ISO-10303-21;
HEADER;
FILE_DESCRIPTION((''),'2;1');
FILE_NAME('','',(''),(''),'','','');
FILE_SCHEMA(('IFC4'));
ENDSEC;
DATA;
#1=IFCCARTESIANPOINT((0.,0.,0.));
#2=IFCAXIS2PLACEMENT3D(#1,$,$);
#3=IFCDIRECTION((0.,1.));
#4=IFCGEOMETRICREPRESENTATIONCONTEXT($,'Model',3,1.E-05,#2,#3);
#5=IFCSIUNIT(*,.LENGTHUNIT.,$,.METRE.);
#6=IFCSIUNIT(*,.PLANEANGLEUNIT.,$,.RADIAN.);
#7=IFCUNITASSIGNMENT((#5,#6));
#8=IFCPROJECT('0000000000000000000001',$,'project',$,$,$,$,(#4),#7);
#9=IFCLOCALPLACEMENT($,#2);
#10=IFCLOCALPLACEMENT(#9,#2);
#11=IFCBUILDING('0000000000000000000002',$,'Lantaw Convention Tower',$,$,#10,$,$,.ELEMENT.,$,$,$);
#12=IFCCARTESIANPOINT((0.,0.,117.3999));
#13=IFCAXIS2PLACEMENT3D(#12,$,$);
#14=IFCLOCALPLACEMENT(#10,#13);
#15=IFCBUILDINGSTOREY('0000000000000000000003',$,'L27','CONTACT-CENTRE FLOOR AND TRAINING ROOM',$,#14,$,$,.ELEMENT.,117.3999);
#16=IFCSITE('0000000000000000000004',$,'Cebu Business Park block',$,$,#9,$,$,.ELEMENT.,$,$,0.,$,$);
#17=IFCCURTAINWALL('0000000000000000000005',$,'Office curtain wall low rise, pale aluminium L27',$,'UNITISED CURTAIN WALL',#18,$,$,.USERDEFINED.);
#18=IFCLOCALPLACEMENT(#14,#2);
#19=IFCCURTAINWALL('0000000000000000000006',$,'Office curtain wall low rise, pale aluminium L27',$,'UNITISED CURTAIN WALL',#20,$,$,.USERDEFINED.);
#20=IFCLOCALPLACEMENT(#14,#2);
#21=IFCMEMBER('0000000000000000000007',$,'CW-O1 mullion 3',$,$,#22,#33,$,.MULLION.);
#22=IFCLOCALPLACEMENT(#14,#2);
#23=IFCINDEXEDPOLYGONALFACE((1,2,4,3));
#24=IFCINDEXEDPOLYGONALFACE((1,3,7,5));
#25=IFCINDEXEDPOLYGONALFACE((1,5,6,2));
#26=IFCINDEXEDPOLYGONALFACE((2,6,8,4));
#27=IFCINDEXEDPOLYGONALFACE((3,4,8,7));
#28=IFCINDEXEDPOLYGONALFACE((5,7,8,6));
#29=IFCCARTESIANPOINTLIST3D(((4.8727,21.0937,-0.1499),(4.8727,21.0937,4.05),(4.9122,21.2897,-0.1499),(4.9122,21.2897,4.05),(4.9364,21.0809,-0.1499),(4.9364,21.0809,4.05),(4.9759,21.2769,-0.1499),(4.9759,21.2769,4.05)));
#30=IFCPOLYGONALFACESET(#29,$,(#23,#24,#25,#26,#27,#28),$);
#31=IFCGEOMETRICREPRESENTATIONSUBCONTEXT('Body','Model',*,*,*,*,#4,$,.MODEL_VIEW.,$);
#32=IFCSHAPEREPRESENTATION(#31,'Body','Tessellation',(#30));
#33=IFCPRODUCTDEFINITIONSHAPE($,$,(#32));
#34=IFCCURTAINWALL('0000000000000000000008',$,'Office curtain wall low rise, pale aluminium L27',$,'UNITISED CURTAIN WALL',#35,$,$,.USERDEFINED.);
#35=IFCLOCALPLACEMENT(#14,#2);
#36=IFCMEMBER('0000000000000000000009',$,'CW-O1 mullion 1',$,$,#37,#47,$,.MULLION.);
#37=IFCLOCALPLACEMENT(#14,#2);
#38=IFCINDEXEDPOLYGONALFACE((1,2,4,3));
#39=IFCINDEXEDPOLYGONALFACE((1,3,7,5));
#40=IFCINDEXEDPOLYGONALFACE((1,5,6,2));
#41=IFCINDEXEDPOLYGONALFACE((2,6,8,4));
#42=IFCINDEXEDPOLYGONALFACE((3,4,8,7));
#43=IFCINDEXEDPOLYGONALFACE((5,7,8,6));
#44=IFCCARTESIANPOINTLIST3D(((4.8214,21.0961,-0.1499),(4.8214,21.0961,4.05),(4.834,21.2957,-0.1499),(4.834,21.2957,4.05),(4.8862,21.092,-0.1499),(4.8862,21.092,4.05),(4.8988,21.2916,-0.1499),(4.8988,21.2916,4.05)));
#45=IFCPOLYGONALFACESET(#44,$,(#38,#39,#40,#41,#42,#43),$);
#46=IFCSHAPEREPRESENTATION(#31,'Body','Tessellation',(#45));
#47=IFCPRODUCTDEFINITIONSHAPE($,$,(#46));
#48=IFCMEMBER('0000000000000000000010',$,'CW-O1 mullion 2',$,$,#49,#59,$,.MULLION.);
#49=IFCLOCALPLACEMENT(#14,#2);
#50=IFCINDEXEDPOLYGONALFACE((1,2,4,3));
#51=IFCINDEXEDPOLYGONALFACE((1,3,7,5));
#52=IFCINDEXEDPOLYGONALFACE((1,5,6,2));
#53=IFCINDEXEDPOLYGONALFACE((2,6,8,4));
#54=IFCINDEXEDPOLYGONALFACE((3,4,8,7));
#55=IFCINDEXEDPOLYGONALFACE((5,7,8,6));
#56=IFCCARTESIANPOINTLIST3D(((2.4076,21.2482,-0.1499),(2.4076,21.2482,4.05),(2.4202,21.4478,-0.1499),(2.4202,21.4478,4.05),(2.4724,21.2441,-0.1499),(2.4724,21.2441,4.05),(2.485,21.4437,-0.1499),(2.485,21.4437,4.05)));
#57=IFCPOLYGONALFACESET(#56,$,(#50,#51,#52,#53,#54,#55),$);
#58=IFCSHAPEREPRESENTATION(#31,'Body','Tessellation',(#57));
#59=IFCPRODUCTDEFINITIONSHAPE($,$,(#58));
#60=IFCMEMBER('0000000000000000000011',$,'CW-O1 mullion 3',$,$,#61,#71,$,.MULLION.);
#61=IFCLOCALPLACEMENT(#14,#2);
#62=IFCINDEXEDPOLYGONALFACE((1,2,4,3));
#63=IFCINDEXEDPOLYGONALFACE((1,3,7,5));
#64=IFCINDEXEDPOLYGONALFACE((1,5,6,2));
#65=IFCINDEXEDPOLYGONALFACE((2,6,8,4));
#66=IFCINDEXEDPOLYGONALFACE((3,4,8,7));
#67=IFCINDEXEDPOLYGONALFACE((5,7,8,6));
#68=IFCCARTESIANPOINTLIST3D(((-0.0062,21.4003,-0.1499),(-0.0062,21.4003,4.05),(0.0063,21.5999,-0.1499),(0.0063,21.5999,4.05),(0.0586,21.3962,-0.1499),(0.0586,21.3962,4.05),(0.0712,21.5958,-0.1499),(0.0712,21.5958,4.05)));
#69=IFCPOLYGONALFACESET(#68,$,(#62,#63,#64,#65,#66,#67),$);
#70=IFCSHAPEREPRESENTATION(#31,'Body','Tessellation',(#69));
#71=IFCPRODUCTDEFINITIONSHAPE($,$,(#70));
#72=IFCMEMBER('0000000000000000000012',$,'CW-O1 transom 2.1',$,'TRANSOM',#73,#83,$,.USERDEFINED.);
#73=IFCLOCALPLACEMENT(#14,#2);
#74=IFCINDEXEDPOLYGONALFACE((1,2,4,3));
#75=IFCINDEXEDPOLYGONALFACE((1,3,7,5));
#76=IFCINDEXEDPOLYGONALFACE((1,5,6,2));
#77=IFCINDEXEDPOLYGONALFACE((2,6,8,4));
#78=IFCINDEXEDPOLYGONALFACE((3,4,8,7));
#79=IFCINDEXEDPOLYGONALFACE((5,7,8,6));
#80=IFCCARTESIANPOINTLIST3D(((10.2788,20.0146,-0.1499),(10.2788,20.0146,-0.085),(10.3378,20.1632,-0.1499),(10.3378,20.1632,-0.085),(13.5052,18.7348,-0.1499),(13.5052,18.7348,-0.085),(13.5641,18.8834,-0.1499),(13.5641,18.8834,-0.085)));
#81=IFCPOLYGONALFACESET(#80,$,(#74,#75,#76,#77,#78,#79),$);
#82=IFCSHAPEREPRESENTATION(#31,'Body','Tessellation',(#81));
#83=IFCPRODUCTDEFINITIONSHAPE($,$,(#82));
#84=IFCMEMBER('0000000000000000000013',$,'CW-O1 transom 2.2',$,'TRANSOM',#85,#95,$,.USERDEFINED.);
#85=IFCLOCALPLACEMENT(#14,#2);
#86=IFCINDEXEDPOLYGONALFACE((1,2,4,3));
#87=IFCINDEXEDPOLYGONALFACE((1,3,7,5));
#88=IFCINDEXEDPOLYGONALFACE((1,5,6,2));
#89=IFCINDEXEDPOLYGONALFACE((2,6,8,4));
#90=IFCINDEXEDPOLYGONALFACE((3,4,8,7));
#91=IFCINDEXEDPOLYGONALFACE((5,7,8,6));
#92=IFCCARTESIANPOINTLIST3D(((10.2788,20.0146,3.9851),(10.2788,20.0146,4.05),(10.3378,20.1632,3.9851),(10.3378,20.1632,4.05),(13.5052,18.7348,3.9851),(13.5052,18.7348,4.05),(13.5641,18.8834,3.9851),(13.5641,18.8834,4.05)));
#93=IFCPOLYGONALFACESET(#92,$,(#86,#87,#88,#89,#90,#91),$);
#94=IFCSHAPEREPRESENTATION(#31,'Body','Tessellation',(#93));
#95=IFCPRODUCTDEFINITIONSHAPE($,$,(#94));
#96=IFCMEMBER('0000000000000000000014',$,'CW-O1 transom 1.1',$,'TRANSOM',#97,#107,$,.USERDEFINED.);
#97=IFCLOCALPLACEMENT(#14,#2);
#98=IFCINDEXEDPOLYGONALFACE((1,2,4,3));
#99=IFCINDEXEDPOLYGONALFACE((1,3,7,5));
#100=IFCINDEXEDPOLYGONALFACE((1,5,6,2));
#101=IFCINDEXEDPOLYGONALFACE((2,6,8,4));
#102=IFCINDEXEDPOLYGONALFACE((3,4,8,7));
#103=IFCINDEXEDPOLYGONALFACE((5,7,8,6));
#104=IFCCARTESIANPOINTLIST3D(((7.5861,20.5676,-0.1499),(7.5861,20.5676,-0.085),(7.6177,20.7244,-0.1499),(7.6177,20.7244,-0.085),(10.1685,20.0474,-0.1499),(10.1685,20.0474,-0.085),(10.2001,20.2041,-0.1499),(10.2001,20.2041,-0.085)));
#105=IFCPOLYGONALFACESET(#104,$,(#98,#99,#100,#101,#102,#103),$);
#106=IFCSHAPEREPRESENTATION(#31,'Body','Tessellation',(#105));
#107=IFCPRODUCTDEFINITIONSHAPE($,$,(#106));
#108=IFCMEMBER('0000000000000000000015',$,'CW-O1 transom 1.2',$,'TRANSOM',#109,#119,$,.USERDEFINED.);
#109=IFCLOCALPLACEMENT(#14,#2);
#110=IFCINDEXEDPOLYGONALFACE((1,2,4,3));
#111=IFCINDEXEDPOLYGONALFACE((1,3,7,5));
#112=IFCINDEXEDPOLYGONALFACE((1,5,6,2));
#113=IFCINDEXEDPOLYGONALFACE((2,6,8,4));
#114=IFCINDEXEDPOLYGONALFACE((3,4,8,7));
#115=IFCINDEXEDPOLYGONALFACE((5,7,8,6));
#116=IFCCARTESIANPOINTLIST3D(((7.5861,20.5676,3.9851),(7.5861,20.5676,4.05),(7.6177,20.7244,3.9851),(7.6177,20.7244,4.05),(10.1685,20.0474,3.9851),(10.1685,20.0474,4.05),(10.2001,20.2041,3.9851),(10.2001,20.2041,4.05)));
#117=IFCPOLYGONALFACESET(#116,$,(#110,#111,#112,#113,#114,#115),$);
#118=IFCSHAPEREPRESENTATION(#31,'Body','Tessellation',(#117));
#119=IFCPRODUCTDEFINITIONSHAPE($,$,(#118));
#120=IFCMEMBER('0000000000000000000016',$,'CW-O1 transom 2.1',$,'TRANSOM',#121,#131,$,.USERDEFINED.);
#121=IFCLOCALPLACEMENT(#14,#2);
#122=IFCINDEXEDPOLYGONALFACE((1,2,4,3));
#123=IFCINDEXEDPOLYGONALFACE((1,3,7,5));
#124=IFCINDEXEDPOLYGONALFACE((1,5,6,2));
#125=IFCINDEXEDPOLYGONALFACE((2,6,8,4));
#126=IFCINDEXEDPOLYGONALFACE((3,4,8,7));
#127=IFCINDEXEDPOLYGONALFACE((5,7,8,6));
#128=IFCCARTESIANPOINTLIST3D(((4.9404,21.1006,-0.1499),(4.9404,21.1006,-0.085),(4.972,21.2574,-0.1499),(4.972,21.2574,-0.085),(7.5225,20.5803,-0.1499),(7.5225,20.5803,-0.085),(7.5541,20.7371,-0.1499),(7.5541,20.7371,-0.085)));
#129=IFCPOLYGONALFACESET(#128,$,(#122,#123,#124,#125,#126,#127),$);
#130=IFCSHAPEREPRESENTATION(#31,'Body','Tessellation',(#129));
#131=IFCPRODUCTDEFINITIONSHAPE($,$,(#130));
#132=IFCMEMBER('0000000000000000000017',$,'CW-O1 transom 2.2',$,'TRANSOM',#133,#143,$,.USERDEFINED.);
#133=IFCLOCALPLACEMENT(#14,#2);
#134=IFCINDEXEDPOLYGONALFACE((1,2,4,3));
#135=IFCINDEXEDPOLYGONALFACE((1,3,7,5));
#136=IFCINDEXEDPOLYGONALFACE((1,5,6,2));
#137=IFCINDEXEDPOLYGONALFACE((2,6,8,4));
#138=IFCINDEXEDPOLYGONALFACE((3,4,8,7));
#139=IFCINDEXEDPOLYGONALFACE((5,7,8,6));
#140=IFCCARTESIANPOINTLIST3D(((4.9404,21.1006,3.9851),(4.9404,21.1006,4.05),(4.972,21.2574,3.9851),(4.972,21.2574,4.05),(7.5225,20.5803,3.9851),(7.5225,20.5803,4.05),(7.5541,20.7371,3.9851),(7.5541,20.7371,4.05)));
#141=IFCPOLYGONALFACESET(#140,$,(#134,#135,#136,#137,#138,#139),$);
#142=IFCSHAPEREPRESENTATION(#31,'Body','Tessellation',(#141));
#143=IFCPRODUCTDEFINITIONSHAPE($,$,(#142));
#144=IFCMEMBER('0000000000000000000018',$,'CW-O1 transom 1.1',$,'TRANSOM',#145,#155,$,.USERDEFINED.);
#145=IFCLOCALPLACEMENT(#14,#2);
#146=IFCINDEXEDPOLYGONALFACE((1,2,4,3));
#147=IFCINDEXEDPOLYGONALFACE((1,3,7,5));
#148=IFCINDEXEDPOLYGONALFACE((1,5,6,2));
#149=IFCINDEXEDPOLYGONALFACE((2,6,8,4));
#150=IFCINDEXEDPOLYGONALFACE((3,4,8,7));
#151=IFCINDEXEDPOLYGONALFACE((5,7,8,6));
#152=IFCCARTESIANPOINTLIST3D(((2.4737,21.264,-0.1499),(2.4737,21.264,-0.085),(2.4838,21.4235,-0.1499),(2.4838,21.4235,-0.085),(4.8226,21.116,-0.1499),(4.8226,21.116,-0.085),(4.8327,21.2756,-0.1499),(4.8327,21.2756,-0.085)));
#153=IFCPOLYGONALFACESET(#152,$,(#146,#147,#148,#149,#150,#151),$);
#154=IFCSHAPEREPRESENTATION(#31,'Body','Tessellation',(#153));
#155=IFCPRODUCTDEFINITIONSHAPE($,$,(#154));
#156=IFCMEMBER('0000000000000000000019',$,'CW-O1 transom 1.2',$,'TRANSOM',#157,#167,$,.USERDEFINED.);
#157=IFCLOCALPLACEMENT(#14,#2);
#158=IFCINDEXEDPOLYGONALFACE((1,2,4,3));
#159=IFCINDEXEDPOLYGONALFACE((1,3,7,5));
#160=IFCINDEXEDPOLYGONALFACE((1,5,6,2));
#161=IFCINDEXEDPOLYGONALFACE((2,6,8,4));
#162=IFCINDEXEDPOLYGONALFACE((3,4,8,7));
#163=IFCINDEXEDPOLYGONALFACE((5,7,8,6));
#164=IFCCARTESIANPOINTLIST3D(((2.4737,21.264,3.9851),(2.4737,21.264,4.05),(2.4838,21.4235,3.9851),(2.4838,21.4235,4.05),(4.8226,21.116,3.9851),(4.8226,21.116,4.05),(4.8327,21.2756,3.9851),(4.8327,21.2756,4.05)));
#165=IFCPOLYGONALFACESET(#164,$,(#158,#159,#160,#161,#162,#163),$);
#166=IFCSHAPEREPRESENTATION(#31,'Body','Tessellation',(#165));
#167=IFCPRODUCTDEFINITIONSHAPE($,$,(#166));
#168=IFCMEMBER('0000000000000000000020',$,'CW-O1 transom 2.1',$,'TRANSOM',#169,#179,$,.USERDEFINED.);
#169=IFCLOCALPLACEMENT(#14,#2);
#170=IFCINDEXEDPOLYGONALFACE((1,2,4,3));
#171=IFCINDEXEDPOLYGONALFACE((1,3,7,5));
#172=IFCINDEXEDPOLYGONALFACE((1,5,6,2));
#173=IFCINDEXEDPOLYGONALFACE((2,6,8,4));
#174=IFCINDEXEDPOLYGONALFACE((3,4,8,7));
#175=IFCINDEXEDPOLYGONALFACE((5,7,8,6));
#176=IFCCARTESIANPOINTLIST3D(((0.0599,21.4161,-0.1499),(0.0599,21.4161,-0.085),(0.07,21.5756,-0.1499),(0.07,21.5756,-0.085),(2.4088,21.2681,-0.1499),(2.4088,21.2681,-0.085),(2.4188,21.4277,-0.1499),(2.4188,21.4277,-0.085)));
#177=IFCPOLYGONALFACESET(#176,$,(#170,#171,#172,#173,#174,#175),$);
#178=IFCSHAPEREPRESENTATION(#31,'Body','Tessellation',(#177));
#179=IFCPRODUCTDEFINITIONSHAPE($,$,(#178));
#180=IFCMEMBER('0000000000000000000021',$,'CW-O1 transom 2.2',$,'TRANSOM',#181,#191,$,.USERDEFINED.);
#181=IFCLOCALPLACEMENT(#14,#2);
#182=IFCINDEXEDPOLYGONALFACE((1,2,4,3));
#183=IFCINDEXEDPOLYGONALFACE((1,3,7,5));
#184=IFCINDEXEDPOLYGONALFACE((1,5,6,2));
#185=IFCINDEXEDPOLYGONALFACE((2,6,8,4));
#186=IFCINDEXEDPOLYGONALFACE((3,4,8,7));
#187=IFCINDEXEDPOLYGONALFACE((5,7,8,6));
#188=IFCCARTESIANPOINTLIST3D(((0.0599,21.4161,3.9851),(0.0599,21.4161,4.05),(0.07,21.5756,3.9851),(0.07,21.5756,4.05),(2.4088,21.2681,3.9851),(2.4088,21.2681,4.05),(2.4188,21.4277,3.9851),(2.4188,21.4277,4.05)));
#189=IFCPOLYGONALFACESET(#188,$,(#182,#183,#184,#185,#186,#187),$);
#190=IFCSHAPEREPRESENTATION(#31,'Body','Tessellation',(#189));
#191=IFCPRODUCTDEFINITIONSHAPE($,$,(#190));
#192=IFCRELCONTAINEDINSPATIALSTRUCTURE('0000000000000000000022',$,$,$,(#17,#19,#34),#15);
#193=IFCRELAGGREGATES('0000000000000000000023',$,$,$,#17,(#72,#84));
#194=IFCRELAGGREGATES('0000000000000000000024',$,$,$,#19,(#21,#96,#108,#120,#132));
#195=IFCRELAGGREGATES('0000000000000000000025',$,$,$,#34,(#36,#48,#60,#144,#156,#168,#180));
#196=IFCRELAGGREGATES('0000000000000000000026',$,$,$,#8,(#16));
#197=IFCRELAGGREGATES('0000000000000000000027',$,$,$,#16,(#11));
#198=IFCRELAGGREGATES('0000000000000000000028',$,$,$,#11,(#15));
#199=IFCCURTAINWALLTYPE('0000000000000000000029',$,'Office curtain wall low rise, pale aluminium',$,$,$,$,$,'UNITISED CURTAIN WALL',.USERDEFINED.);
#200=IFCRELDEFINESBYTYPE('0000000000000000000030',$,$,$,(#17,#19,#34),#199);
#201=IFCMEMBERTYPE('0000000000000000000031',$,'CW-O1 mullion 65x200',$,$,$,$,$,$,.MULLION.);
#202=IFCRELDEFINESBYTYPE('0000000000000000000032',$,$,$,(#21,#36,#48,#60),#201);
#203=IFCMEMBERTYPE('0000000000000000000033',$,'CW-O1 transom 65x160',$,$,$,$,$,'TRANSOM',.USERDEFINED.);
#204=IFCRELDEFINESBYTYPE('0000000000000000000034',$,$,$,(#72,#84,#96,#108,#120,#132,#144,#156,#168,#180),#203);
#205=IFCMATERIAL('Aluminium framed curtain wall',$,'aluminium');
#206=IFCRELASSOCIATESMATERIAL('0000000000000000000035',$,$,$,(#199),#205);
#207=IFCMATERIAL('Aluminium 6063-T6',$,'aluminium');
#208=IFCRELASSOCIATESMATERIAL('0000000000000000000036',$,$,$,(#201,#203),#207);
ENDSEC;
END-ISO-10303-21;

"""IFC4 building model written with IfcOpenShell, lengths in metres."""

from ifc_helpers import new_model, si_unit, direction, frame, origin, origin_2d, place, context, subcontext, project, spatial, rectangle, extrude, material, material_profile, profile_set, type_object, element, aggregate, save


model = new_model("IFC4")

# Units and contexts
model_context = context("Model", 3, precision=1e-05, world=origin(), true_north=direction((0.0, 1.0)))
body_context = subcontext(model_context, "Body", "Model", "MODEL_VIEW")
ifc_project = project(units=[si_unit("LENGTHUNIT", "METRE"), si_unit("PLANEANGLEUNIT", "RADIAN")], contexts=[model_context])

# Site, building, storey
site_placement = place(None, origin())
site = spatial("IfcSite", under=ifc_project, at=site_placement, Name="Cebu Business Park block", CompositionType="ELEMENT", RefElevation=0.0)
building_placement = place(site_placement, origin())
building = spatial("IfcBuilding", under=site, at=building_placement, Name="Lantaw Convention Tower", CompositionType="ELEMENT")
storey_placement = place(building_placement, frame((0.0, 0.0, 117.3999)))
storey = spatial("IfcBuildingStorey", under=building, at=storey_placement, Name="L27", Description="CONTACT-CENTRE FLOOR AND TRAINING ROOM", CompositionType="ELEMENT", Elevation=117.3999)

# Curtain walls, members
ifc_material_1 = material(Name="Aluminium framed curtain wall", Category="aluminium")
curtain_wall_type = type_object("IfcCurtainWallType", Name="Office curtain wall low rise, pale aluminium", ElementType="UNITISED CURTAIN WALL", PredefinedType="USERDEFINED", material=ifc_material_1)
curtain_wall_1_placement = place(storey_placement, origin())
curtain_wall_1 = element("IfcCurtainWall", 1, at=curtain_wall_1_placement, inside=storey, type_object=curtain_wall_type, Name="Office curtain wall low rise, pale aluminium L27", ObjectType="UNITISED CURTAIN WALL", PredefinedType="USERDEFINED")
ifc_material_2 = material(Name="Aluminium 6063-T6", Category="aluminium")
ifc_material_profile_1 = material_profile(ifc_material_2, rectangle(XDim=0.2, YDim=0.0649, at=origin_2d()), Name="CW-O1 mullion 65x200")
ifc_profile_set_1 = profile_set([ifc_material_profile_1], Name="Aluminium 6063-T6")
member_type_1 = type_object("IfcMemberType", Name="CW-O1 mullion 65x200", PredefinedType="MULLION", material=ifc_profile_set_1)
curtain_wall_2_placement = place(storey_placement, origin())
curtain_wall_2 = element("IfcCurtainWall", 2, at=curtain_wall_2_placement, inside=storey, type_object=curtain_wall_type, Name="Office curtain wall low rise, pale aluminium L27", ObjectType="UNITISED CURTAIN WALL", PredefinedType="USERDEFINED")
member_1_placement = place(storey_placement, frame((4.9243, 21.1853, -0.1499), z_axis=(0.0, 0.0, 1.0), x_axis=(-0.197507, -0.980302, 0.0)))
member_1 = element("IfcMember", 3, at=member_1_placement, type_object=member_type_1, Name="CW-O1 mullion 3", PredefinedType="MULLION", context=body_context, shape_type="SweptSolid", body=[
    extrude(rectangle(XDim=0.2, YDim=0.0649, at=origin_2d()), origin(), (0.0, 0.0, 1.0), 4.2),
])
curtain_wall_3_placement = place(storey_placement, origin())
curtain_wall_3 = element("IfcCurtainWall", 4, at=curtain_wall_3_placement, inside=storey, type_object=curtain_wall_type, Name="Office curtain wall low rise, pale aluminium L27", ObjectType="UNITISED CURTAIN WALL", PredefinedType="USERDEFINED")
member_2_placement = place(storey_placement, frame((4.8601, 21.1938, -0.1499), z_axis=(0.0, 0.0, 1.0), x_axis=(-0.062865, -0.998022, 0.0)))
member_2 = element("IfcMember", 5, at=member_2_placement, type_object=member_type_1, Name="CW-O1 mullion 1", PredefinedType="MULLION", context=body_context, shape_type="SweptSolid", body=[
    extrude(rectangle(XDim=0.2, YDim=0.0649, at=origin_2d()), origin(), (0.0, 0.0, 1.0), 4.2),
])
member_3_placement = place(storey_placement, frame((2.4463, 21.3459, -0.1499), z_axis=(0.0, 0.0, 1.0), x_axis=(-0.062865, -0.998022, 0.0)))
member_3 = element("IfcMember", 6, at=member_3_placement, type_object=member_type_1, Name="CW-O1 mullion 2", PredefinedType="MULLION", context=body_context, shape_type="SweptSolid", body=[
    extrude(rectangle(XDim=0.2, YDim=0.0649, at=origin_2d()), origin(), (0.0, 0.0, 1.0), 4.2),
])
member_4_placement = place(storey_placement, frame((0.0325, 21.498, -0.1499), z_axis=(0.0, 0.0, 1.0), x_axis=(-0.062865, -0.998022, 0.0)))
member_4 = element("IfcMember", 7, at=member_4_placement, type_object=member_type_1, Name="CW-O1 mullion 3", PredefinedType="MULLION", context=body_context, shape_type="SweptSolid", body=[
    extrude(rectangle(XDim=0.2, YDim=0.0649, at=origin_2d()), origin(), (0.0, 0.0, 1.0), 4.2),
])

# Members
ifc_material_profile_2 = material_profile(ifc_material_2, rectangle(XDim=0.1599, YDim=0.0649, at=origin_2d()), Name="CW-O1 transom 65x160")
ifc_profile_set_2 = profile_set([ifc_material_profile_2], Name="Aluminium 6063-T6")
member_type_2 = type_object("IfcMemberType", Name="CW-O1 transom 65x160", ElementType="TRANSOM", PredefinedType="USERDEFINED", material=ifc_profile_set_2)
member_5_placement = place(storey_placement, frame((13.5347, 18.8091, -0.1174), z_axis=(-0.92954, 0.368721, 0.0), x_axis=(-0.368721, -0.92954, 0.0)))
member_5 = element("IfcMember", 8, at=member_5_placement, type_object=member_type_2, Name="CW-O1 transom 2.1", ObjectType="TRANSOM", PredefinedType="USERDEFINED", context=body_context, shape_type="SweptSolid", body=[
    extrude(rectangle(XDim=0.1599, YDim=0.0649, at=origin_2d()), origin(), (0.0, 0.0, 1.0), 3.4709),
])
member_6_placement = place(storey_placement, frame((13.5347, 18.8091, 4.0176), z_axis=(-0.92954, 0.368721, 0.0), x_axis=(-0.368721, -0.92954, 0.0)))
member_6 = element("IfcMember", 9, at=member_6_placement, type_object=member_type_2, Name="CW-O1 transom 2.2", ObjectType="TRANSOM", PredefinedType="USERDEFINED", context=body_context, shape_type="SweptSolid", body=[
    extrude(rectangle(XDim=0.1599, YDim=0.0649, at=origin_2d()), origin(), (0.0, 0.0, 1.0), 3.4709),
])
member_7_placement = place(storey_placement, frame((10.1843, 20.1257, -0.1174), z_axis=(-0.980302, 0.197506, 0.0), x_axis=(-0.197506, -0.980302, 0.0)))
member_7 = element("IfcMember", 10, at=member_7_placement, type_object=member_type_2, Name="CW-O1 transom 1.1", ObjectType="TRANSOM", PredefinedType="USERDEFINED", context=body_context, shape_type="SweptSolid", body=[
    extrude(rectangle(XDim=0.1599, YDim=0.0649, at=origin_2d()), origin(), (0.0, 0.0, 1.0), 2.6343),
])
member_8_placement = place(storey_placement, frame((10.1843, 20.1257, 4.0176), z_axis=(-0.980302, 0.197506, 0.0), x_axis=(-0.197506, -0.980302, 0.0)))
member_8 = element("IfcMember", 11, at=member_8_placement, type_object=member_type_2, Name="CW-O1 transom 1.2", ObjectType="TRANSOM", PredefinedType="USERDEFINED", context=body_context, shape_type="SweptSolid", body=[
    extrude(rectangle(XDim=0.1599, YDim=0.0649, at=origin_2d()), origin(), (0.0, 0.0, 1.0), 2.6343),
])
member_9_placement = place(storey_placement, frame((7.5383, 20.6587, -0.1174), z_axis=(-0.980298, 0.197524, 0.0), x_axis=(-0.197524, -0.980298, 0.0)))
member_9 = element("IfcMember", 12, at=member_9_placement, type_object=member_type_2, Name="CW-O1 transom 2.1", ObjectType="TRANSOM", PredefinedType="USERDEFINED", context=body_context, shape_type="SweptSolid", body=[
    extrude(rectangle(XDim=0.1599, YDim=0.0649, at=origin_2d()), origin(), (0.0, 0.0, 1.0), 2.634),
])
member_10_placement = place(storey_placement, frame((7.5383, 20.6587, 4.0176), z_axis=(-0.980298, 0.197524, 0.0), x_axis=(-0.197524, -0.980298, 0.0)))
member_10 = element("IfcMember", 13, at=member_10_placement, type_object=member_type_2, Name="CW-O1 transom 2.2", ObjectType="TRANSOM", PredefinedType="USERDEFINED", context=body_context, shape_type="SweptSolid", body=[
    extrude(rectangle(XDim=0.1599, YDim=0.0649, at=origin_2d()), origin(), (0.0, 0.0, 1.0), 2.634),
])
member_11_placement = place(storey_placement, frame((4.8276, 21.1958, -0.1174), z_axis=(-0.998022, 0.062863, 0.0), x_axis=(-0.062863, -0.998022, 0.0)))
member_11 = element("IfcMember", 14, at=member_11_placement, type_object=member_type_2, Name="CW-O1 transom 1.1", ObjectType="TRANSOM", PredefinedType="USERDEFINED", context=body_context, shape_type="SweptSolid", body=[
    extrude(rectangle(XDim=0.1599, YDim=0.0649, at=origin_2d()), origin(), (0.0, 0.0, 1.0), 2.3535),
])
member_12_placement = place(storey_placement, frame((4.8276, 21.1958, 4.0176), z_axis=(-0.998022, 0.062863, 0.0), x_axis=(-0.062863, -0.998022, 0.0)))
member_12 = element("IfcMember", 15, at=member_12_placement, type_object=member_type_2, Name="CW-O1 transom 1.2", ObjectType="TRANSOM", PredefinedType="USERDEFINED", context=body_context, shape_type="SweptSolid", body=[
    extrude(rectangle(XDim=0.1599, YDim=0.0649, at=origin_2d()), origin(), (0.0, 0.0, 1.0), 2.3535),
])
member_13_placement = place(storey_placement, frame((2.4138, 21.3479, -0.1174), z_axis=(-0.998022, 0.062863, 0.0), x_axis=(-0.062863, -0.998022, 0.0)))
member_13 = element("IfcMember", 16, at=member_13_placement, type_object=member_type_2, Name="CW-O1 transom 2.1", ObjectType="TRANSOM", PredefinedType="USERDEFINED", context=body_context, shape_type="SweptSolid", body=[
    extrude(rectangle(XDim=0.1599, YDim=0.0649, at=origin_2d()), origin(), (0.0, 0.0, 1.0), 2.3535),
])
member_14_placement = place(storey_placement, frame((2.4138, 21.3479, 4.0176), z_axis=(-0.998022, 0.062863, 0.0), x_axis=(-0.062863, -0.998022, 0.0)))
member_14 = element("IfcMember", 17, at=member_14_placement, type_object=member_type_2, Name="CW-O1 transom 2.2", ObjectType="TRANSOM", PredefinedType="USERDEFINED", context=body_context, shape_type="SweptSolid", body=[
    extrude(rectangle(XDim=0.1599, YDim=0.0649, at=origin_2d()), origin(), (0.0, 0.0, 1.0), 2.3535),
])

aggregate(curtain_wall_1, [member_5, member_6])
aggregate(curtain_wall_2, [member_1, member_7, member_8, member_9, member_10])
aggregate(curtain_wall_3, [member_2, member_3, member_4, member_11, member_12, member_13, member_14])

save(model, "model.ifc")
